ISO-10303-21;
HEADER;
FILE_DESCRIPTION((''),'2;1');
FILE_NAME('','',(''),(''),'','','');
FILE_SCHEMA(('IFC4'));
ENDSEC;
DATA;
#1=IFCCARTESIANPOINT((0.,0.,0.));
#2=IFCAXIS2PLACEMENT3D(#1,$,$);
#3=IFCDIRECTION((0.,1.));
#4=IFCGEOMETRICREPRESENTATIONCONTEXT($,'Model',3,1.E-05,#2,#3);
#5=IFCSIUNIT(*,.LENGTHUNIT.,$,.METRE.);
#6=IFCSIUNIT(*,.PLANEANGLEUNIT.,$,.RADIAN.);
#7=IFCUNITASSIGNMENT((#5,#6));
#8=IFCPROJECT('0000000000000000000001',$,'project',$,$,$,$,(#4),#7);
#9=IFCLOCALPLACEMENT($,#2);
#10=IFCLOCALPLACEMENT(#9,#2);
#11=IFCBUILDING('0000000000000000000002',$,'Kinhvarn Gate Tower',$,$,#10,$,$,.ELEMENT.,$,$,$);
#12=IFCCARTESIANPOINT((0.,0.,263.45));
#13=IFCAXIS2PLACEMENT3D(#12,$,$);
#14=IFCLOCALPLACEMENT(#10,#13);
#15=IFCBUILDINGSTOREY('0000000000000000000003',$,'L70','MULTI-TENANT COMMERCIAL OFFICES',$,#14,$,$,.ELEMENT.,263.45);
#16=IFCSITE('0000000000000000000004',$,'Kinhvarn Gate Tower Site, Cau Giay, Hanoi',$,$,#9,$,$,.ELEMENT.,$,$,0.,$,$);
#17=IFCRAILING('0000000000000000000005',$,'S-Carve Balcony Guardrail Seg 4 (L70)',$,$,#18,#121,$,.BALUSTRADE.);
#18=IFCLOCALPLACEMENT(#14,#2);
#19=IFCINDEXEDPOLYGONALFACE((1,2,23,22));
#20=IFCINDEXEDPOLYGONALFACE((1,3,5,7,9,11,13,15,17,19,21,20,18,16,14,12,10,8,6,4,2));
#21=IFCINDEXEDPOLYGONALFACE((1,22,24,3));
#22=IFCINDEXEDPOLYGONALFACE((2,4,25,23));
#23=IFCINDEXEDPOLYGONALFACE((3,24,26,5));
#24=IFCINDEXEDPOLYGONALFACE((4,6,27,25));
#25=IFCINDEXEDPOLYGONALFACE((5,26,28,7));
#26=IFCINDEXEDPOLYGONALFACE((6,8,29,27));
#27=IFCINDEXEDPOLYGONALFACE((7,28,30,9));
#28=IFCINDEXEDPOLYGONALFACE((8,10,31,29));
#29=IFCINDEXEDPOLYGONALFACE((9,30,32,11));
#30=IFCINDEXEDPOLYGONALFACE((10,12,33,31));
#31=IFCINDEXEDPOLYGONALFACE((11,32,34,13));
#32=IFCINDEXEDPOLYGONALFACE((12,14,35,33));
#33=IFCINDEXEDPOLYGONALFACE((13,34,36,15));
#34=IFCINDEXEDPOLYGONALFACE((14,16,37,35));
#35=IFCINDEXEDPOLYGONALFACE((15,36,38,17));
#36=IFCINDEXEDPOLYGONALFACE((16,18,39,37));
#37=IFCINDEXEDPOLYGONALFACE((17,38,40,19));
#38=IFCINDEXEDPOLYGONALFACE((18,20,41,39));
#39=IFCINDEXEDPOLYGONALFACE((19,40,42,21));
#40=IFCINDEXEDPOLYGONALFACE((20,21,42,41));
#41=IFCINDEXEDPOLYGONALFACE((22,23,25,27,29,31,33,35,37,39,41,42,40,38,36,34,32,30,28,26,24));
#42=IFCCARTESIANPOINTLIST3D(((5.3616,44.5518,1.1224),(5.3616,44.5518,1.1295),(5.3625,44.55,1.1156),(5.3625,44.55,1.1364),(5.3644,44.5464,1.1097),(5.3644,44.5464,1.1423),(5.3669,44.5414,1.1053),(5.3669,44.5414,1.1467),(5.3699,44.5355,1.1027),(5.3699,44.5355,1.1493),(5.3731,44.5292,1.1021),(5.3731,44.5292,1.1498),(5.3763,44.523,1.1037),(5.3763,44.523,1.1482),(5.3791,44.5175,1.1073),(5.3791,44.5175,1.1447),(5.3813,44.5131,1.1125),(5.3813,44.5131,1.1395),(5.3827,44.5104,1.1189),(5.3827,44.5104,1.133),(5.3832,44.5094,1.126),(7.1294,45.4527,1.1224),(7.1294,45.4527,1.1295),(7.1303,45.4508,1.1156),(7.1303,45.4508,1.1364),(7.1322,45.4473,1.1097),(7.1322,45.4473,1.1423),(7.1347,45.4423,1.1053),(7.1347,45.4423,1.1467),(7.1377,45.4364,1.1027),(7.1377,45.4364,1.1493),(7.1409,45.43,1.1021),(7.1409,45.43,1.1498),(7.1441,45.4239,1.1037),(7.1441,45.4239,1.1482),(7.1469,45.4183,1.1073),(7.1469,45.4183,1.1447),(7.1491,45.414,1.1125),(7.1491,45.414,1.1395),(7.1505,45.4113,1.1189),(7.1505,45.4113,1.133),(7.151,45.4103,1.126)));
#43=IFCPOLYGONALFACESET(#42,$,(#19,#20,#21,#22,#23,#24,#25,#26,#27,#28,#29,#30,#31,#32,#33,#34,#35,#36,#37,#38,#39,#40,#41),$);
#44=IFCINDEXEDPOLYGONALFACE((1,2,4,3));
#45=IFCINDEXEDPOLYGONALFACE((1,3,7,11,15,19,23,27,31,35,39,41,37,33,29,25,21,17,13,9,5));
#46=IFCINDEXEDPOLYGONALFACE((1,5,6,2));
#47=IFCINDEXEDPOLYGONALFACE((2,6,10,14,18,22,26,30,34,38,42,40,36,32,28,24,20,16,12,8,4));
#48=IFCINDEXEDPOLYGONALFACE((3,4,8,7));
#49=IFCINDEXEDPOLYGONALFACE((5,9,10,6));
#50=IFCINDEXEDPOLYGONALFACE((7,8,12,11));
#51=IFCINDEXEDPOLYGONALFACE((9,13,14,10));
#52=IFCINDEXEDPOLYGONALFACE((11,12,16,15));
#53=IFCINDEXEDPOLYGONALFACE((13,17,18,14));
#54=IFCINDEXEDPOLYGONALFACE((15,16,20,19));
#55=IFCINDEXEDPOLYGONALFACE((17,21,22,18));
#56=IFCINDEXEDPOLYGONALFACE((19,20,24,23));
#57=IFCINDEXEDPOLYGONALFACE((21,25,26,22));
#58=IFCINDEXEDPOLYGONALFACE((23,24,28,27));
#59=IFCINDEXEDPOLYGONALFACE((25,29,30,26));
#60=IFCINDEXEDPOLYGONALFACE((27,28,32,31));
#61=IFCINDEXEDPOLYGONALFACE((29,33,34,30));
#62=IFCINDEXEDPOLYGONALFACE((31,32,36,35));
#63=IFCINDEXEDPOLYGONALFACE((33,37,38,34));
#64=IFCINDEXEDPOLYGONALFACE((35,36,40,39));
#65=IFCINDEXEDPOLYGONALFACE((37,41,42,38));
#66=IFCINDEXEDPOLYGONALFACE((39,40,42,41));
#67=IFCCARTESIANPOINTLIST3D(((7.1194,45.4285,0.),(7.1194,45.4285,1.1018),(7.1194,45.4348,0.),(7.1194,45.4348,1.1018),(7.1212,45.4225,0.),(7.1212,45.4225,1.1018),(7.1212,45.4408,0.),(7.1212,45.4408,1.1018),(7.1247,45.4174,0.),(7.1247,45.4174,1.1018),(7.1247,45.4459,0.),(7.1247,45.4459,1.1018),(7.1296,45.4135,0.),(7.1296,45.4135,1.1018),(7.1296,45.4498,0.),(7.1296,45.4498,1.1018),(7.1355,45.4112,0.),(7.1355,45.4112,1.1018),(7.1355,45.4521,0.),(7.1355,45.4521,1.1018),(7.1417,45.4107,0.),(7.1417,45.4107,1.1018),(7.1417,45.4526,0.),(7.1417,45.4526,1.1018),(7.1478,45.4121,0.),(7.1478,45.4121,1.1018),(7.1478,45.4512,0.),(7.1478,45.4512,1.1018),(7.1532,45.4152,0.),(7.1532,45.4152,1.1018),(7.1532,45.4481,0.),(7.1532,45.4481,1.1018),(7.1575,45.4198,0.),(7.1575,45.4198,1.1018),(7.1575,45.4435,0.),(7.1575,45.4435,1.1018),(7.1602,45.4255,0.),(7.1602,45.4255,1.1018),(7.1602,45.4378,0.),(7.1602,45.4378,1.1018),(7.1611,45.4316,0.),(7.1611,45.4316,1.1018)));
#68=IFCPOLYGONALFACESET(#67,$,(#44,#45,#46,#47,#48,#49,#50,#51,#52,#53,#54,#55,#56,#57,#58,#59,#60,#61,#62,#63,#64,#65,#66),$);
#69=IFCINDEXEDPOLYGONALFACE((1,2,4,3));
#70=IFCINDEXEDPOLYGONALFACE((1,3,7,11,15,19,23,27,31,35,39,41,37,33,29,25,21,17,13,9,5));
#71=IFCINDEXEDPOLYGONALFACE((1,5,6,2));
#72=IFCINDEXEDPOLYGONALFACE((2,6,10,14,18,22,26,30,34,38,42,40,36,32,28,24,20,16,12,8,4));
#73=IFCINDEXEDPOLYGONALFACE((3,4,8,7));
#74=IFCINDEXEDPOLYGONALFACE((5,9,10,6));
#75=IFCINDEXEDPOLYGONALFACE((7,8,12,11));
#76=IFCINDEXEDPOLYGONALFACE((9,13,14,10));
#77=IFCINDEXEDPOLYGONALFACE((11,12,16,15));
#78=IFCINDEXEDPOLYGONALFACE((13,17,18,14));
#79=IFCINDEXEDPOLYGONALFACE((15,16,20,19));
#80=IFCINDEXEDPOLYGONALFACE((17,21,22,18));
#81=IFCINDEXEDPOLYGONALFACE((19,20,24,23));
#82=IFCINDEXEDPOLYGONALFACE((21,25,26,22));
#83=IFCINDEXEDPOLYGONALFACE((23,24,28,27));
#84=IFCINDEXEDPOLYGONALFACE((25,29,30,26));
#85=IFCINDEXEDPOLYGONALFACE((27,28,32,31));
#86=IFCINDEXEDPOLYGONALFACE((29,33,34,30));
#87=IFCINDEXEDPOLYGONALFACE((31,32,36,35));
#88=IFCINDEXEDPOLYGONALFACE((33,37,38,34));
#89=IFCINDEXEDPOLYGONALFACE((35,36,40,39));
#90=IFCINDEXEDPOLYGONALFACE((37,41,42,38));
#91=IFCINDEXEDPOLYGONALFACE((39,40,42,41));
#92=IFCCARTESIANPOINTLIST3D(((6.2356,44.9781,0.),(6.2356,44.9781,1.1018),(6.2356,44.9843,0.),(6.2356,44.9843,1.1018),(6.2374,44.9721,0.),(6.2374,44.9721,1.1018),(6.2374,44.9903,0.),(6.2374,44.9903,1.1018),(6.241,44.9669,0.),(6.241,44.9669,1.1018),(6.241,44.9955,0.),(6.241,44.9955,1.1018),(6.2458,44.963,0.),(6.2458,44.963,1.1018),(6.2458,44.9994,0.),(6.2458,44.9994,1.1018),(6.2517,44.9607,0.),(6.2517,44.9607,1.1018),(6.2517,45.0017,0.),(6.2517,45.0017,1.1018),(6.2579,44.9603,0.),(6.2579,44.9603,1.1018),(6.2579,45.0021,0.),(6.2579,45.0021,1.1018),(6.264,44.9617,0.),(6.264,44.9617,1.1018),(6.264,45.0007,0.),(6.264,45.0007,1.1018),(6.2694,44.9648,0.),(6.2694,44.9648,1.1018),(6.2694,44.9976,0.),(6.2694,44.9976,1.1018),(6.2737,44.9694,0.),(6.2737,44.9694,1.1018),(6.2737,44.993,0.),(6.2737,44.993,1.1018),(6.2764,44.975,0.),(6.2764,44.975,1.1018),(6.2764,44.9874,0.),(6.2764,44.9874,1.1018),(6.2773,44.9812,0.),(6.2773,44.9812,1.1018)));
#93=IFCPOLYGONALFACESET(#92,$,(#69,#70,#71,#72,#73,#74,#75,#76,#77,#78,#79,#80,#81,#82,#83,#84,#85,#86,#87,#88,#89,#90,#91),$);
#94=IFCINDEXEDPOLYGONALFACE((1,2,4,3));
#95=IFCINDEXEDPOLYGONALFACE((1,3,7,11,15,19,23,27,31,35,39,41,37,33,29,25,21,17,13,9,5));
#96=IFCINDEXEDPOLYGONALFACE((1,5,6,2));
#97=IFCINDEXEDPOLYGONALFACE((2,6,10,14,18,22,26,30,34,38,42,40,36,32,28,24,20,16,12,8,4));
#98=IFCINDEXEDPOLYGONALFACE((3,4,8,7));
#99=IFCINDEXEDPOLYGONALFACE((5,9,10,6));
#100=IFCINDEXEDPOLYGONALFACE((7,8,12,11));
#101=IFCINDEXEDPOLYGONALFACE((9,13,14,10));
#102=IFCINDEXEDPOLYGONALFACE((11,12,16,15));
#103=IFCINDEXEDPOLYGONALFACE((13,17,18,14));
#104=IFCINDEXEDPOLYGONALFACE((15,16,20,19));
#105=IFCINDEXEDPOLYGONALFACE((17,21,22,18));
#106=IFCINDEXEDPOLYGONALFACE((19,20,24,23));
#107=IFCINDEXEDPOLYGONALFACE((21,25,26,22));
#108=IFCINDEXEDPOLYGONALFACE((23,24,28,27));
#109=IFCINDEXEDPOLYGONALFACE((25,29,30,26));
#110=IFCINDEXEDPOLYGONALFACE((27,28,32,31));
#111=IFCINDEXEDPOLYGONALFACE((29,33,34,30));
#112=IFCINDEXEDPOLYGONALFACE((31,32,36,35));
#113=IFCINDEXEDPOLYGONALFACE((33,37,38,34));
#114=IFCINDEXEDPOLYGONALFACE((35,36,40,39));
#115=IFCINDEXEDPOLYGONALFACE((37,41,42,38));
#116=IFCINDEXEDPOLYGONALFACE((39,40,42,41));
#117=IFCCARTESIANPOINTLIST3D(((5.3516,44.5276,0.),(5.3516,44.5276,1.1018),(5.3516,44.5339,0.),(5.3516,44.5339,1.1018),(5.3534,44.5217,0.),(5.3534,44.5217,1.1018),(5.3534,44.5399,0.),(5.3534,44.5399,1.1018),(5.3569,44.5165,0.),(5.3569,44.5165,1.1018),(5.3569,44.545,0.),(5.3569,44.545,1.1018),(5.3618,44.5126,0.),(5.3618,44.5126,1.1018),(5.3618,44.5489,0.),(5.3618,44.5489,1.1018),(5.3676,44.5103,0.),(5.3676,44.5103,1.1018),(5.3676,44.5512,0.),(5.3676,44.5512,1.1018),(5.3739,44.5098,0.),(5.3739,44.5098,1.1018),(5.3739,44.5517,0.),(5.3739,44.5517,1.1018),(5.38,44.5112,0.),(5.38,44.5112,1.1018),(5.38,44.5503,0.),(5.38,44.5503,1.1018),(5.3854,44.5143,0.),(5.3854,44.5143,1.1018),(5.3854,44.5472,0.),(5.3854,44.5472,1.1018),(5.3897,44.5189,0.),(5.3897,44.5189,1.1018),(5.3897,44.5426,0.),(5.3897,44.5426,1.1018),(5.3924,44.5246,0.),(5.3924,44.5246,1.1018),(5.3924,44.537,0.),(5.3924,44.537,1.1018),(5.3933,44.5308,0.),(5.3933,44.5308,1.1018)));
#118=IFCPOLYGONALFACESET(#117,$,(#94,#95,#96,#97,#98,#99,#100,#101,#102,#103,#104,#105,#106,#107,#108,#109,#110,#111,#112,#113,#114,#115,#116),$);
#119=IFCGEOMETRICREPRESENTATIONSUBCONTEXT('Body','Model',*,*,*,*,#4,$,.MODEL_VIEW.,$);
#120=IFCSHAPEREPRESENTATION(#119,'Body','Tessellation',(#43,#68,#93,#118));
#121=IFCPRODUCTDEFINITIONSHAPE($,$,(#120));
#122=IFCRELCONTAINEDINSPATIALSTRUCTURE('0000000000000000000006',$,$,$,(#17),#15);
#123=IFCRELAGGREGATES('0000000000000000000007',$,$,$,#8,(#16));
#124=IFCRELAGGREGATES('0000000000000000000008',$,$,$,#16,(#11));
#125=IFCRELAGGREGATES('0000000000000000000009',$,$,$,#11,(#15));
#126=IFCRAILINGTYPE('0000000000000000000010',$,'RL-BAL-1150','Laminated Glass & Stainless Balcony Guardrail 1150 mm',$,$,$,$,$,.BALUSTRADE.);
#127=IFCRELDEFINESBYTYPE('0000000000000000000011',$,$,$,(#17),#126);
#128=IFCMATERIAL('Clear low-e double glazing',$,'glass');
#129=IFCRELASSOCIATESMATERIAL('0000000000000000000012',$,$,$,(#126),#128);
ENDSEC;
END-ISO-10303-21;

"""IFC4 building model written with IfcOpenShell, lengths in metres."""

from ifc_helpers import new_model, si_unit, direction, frame, origin, origin_2d, place, context, subcontext, project, spatial, circle, extrude, material, type_object, element, save


model = new_model("IFC4")

# Units and contexts
model_context = context("Model", 3, precision=1e-05, world=origin(), true_north=direction((0.0, 1.0)))
body_context = subcontext(model_context, "Body", "Model", "MODEL_VIEW")
ifc_project = project(units=[si_unit("LENGTHUNIT", "METRE"), si_unit("PLANEANGLEUNIT", "RADIAN")], contexts=[model_context])

# Site, building, storey
site_placement = place(None, origin())
site = spatial("IfcSite", under=ifc_project, at=site_placement, Name="Kinhvarn Gate Tower Site, Cau Giay, Hanoi", CompositionType="ELEMENT", RefElevation=0.0)
building_placement = place(site_placement, origin())
building = spatial("IfcBuilding", under=site, at=building_placement, Name="Kinhvarn Gate Tower", CompositionType="ELEMENT")
storey_placement = place(building_placement, frame((0.0, 0.0, 263.45)))
storey = spatial("IfcBuildingStorey", under=building, at=storey_placement, Name="L70", Description="MULTI-TENANT COMMERCIAL OFFICES", CompositionType="ELEMENT", Elevation=263.45)

# Shared definitions
ifc_material_1 = material(Name="Clear low-e double glazing", Category="glass")

# Railing
railing_type = type_object("IfcRailingType", Name="RL-BAL-1150", Description="Laminated Glass & Stainless Balcony Guardrail 1150 mm", PredefinedType="BALUSTRADE", material=ifc_material_1)
railing_1_placement = place(storey_placement, frame((7.1401, 45.4316, 0.0)))
element("IfcRailing", 1, at=railing_1_placement, inside=storey, type_object=railing_type, Name="S-Carve Balcony Guardrail Seg 4 (L70)", PredefinedType="BALUSTRADE", context=body_context, shape_type="SweptSolid", body=[
    extrude(circle(Radius=0.0239, at=origin_2d()), frame((0.0, 0.0, 1.126), z_axis=(-0.89098, -0.454042, 0.0), x_axis=(0.454042, -0.89098, 0.0)), (0.0, 0.0, 1.0), 1.9841),
    extrude(circle(Radius=0.021, at=origin_2d()), origin(), (0.0, 0.0, 1.0), 1.1018),
    extrude(circle(Radius=0.021, at=origin_2d()), frame((-0.8838, -0.4504, 0.0)), (0.0, 0.0, 1.0), 1.1018),
    extrude(circle(Radius=0.021, at=origin_2d()), frame((-1.7678, -0.9009, 0.0)), (0.0, 0.0, 1.0), 1.1018),
])

save(model, "model.ifc")
